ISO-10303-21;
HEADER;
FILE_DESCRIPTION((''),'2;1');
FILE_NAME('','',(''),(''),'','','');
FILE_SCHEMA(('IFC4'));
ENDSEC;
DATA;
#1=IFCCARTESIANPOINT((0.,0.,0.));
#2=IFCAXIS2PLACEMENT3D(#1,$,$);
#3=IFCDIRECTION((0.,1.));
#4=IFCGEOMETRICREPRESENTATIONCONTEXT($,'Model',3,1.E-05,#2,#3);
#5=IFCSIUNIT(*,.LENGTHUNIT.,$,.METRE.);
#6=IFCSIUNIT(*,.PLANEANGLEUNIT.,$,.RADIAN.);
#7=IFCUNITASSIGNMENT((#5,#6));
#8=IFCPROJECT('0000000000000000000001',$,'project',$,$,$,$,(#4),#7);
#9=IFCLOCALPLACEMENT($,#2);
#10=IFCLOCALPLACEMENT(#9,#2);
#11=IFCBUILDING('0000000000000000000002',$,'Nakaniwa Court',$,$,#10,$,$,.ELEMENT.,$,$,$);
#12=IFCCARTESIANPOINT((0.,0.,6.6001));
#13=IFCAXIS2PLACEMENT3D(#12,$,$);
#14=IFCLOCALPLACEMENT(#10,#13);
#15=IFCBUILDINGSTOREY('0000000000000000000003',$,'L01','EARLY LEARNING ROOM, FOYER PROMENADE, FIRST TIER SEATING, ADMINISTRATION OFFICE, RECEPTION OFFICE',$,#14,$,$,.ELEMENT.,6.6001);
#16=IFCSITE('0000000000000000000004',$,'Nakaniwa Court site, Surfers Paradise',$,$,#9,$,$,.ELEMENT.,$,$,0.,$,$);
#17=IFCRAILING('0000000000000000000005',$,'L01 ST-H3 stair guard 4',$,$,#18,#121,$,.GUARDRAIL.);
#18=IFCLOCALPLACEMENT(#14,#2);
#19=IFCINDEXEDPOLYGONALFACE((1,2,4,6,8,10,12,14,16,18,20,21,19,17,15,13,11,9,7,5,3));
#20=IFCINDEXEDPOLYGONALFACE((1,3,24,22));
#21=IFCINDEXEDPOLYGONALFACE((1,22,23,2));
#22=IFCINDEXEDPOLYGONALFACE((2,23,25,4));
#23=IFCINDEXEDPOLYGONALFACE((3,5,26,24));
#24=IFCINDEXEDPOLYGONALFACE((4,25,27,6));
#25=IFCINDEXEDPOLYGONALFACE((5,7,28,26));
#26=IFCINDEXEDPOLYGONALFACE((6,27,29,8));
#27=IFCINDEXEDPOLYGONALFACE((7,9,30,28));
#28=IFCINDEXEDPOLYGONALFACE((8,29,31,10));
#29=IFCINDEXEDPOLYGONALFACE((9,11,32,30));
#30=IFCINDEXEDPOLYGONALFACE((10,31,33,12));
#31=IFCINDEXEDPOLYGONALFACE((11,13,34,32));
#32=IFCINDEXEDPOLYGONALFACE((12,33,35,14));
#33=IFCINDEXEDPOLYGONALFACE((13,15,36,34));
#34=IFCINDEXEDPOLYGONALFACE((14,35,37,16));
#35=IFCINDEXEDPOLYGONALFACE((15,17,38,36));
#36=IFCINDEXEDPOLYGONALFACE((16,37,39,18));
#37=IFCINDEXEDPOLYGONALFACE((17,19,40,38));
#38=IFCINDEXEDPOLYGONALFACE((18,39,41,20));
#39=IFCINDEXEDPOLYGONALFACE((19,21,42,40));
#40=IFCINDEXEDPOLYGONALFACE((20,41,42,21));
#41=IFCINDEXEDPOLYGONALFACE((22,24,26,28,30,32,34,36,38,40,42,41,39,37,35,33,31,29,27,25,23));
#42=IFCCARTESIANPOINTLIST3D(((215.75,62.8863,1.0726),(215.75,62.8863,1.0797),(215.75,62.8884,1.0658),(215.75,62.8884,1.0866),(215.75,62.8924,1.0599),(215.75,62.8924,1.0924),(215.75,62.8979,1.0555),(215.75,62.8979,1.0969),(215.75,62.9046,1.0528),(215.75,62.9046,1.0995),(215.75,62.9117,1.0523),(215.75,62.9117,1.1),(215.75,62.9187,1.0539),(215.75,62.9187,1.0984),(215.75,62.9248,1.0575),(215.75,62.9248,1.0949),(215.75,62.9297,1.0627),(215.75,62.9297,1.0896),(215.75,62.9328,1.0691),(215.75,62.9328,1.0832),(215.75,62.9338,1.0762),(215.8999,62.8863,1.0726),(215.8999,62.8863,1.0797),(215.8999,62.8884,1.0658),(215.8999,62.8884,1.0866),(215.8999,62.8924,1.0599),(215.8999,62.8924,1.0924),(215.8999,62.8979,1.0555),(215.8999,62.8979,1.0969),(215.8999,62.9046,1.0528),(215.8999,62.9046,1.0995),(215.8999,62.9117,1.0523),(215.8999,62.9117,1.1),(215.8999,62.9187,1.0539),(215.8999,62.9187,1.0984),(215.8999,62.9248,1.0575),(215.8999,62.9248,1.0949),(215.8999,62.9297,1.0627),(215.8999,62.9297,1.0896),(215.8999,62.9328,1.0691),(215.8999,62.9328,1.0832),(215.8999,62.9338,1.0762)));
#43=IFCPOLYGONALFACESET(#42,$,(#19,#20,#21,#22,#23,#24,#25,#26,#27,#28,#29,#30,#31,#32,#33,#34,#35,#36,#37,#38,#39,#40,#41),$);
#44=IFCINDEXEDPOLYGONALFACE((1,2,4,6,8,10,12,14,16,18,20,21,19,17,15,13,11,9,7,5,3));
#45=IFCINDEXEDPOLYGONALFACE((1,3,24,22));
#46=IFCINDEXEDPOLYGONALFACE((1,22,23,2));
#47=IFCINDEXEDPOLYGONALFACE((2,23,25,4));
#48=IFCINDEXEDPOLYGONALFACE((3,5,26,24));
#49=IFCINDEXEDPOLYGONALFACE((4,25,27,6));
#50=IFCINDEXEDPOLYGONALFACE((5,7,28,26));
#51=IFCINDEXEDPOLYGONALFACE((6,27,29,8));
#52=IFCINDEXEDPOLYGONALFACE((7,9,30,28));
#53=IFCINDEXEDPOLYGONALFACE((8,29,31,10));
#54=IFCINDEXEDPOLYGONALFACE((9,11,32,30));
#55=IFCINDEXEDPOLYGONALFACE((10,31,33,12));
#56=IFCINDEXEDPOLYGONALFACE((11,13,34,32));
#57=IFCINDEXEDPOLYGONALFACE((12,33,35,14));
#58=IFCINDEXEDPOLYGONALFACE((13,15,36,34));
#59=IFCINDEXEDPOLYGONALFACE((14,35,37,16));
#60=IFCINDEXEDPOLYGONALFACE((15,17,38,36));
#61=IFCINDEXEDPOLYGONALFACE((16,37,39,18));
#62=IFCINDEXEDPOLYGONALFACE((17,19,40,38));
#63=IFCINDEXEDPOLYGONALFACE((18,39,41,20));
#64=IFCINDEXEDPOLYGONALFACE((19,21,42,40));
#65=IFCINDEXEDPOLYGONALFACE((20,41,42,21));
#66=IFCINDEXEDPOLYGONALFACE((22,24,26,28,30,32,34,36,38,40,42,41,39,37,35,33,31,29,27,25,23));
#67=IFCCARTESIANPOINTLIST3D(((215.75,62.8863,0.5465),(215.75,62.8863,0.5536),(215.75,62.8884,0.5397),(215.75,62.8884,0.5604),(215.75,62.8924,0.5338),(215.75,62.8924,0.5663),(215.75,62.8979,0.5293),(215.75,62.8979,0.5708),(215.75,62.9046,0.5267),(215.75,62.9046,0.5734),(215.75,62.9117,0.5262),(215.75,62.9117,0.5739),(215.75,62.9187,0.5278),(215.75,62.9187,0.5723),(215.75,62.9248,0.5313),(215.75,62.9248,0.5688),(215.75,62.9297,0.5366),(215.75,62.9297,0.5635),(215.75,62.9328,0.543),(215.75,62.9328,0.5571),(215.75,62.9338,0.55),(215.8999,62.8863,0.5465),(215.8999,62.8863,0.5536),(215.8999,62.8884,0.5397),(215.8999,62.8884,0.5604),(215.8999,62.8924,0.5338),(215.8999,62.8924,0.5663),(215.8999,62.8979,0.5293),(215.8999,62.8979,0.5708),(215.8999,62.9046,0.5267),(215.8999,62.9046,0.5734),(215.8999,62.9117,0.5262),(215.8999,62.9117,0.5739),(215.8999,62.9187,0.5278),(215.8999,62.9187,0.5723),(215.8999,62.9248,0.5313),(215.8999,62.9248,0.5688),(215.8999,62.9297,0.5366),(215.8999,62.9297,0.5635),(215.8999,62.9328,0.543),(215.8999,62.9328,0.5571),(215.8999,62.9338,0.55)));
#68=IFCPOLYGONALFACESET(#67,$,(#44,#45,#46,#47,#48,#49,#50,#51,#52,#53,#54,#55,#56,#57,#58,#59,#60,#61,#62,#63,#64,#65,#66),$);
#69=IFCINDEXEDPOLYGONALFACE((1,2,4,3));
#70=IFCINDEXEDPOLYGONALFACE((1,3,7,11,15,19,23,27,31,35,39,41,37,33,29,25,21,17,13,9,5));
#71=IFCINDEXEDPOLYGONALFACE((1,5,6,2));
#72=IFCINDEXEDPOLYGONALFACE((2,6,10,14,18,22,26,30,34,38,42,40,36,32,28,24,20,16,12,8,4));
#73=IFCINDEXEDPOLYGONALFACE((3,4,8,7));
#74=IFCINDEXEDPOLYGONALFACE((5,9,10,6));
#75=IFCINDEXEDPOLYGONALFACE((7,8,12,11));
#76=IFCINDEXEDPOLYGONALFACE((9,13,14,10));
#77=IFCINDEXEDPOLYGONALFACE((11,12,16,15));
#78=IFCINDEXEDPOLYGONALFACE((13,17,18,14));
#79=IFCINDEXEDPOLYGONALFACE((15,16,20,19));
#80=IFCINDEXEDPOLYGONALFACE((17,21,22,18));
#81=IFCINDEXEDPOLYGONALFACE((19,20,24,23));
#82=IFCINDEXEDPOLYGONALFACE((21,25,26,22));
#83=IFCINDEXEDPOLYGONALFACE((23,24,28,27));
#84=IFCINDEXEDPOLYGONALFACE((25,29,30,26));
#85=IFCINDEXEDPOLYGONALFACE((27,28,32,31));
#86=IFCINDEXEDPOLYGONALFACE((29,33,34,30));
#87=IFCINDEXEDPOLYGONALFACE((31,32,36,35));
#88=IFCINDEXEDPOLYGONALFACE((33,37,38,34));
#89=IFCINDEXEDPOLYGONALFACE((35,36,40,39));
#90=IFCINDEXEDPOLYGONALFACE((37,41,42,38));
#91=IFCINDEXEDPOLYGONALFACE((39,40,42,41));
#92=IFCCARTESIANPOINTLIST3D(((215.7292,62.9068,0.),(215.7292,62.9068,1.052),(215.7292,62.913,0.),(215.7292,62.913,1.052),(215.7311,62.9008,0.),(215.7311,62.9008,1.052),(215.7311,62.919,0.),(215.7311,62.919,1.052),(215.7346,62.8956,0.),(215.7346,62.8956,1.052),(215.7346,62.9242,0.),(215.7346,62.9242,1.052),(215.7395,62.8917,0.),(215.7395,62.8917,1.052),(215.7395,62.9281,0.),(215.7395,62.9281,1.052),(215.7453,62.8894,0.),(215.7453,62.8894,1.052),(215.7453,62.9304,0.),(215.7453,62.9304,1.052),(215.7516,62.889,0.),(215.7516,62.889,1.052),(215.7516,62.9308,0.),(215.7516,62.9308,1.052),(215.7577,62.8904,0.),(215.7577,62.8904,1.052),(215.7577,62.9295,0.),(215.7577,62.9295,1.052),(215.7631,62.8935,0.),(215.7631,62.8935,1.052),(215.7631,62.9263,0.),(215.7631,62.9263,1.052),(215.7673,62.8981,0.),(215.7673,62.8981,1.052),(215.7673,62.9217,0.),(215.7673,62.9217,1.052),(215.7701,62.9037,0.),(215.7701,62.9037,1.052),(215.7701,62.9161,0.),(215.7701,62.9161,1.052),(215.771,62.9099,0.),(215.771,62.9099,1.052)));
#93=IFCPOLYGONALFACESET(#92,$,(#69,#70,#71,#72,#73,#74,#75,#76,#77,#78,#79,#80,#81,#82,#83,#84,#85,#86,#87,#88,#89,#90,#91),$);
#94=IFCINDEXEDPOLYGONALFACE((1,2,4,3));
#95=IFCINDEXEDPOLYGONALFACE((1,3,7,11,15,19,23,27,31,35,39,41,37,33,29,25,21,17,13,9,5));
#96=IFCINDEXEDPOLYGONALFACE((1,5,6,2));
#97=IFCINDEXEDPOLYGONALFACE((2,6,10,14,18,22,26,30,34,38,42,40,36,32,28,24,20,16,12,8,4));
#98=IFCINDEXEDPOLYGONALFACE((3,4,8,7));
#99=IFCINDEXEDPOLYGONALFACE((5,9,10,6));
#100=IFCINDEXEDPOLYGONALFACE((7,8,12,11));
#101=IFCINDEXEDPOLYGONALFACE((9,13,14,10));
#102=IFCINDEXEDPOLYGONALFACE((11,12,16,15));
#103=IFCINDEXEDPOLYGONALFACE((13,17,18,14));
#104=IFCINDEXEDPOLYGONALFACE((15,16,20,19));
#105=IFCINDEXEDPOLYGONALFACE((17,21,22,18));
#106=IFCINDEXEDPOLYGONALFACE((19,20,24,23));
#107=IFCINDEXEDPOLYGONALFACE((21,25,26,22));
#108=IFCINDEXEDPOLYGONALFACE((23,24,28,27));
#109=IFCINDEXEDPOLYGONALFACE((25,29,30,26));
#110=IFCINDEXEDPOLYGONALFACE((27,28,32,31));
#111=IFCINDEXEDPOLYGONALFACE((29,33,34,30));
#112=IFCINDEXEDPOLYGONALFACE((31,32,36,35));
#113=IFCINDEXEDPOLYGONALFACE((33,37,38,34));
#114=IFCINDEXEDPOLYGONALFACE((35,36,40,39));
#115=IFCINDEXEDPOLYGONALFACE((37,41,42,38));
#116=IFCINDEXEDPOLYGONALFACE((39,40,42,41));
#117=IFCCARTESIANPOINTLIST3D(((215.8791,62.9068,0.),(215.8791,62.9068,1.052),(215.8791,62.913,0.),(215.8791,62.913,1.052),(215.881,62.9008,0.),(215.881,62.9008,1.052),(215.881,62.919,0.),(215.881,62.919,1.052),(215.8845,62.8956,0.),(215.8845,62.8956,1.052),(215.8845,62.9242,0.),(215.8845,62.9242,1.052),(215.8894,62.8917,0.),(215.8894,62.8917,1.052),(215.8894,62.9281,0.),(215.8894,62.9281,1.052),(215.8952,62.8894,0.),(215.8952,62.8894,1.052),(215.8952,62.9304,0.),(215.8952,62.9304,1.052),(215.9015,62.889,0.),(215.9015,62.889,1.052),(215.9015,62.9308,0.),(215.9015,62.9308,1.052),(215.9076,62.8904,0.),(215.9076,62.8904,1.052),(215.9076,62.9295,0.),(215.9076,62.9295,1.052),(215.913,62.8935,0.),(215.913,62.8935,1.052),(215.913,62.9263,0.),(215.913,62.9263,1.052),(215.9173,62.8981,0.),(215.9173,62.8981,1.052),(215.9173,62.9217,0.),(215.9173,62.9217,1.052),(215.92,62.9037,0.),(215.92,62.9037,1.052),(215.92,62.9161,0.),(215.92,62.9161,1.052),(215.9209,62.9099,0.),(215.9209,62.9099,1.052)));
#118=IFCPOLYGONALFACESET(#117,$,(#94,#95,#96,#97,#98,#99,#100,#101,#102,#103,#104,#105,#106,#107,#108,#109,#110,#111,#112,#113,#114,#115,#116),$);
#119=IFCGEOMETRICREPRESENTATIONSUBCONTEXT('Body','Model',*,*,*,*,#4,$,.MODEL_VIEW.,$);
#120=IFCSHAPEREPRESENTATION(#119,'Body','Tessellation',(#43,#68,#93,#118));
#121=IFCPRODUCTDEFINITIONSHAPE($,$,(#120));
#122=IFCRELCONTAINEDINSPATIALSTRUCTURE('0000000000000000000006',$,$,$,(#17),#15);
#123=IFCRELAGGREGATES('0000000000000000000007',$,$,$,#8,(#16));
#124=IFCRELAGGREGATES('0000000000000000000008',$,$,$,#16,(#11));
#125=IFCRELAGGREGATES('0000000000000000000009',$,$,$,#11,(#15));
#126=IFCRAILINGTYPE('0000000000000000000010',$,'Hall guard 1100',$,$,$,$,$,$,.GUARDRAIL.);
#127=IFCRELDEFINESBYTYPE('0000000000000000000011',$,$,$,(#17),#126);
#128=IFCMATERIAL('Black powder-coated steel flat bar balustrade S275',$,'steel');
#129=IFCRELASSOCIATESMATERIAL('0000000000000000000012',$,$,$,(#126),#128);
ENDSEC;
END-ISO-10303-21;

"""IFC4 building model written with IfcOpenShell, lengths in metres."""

from ifc_helpers import new_model, si_unit, direction, frame, origin, origin_2d, place, context, subcontext, project, spatial, circle, extrude, material, type_object, element, save


model = new_model("IFC4")

# Units and contexts
model_context = context("Model", 3, precision=1e-05, world=origin(), true_north=direction((0.0, 1.0)))
body_context = subcontext(model_context, "Body", "Model", "MODEL_VIEW")
ifc_project = project(units=[si_unit("LENGTHUNIT", "METRE"), si_unit("PLANEANGLEUNIT", "RADIAN")], contexts=[model_context])

# Site, building, storey
site_placement = place(None, origin())
site = spatial("IfcSite", under=ifc_project, at=site_placement, Name="Nakaniwa Court site, Surfers Paradise", CompositionType="ELEMENT", RefElevation=0.0)
building_placement = place(site_placement, origin())
building = spatial("IfcBuilding", under=site, at=building_placement, Name="Nakaniwa Court", CompositionType="ELEMENT")
storey_placement = place(building_placement, frame((0.0, 0.0, 6.6001)))
storey = spatial("IfcBuildingStorey", under=building, at=storey_placement, Name="L01", Description="EARLY LEARNING ROOM, FOYER PROMENADE, FIRST TIER SEATING, ADMINISTRATION OFFICE, RECEPTION OFFICE", CompositionType="ELEMENT", Elevation=6.6001)

# Railing
ifc_material_1 = material(Name="Black powder-coated steel flat bar balustrade S275", Category="steel")
railing_type_1 = type_object("IfcRailingType", Name="Hall guard 1100", PredefinedType="GUARDRAIL", material=ifc_material_1)
railing_1_placement = place(storey_placement, frame((215.75, 62.9099, 0.0)))
element("IfcRailing", 1, at=railing_1_placement, inside=storey, type_object=railing_type_1, Name="L01 ST-H3 stair guard 4", PredefinedType="GUARDRAIL", context=body_context, shape_type="SweptSolid", body=[
    extrude(circle(Radius=0.0239, at=origin_2d()), frame((0.0, 0.0, 1.0762), z_axis=(1.0, 0.0, 0.0), x_axis=(0.0, 1.0, 0.0)), (0.0, 0.0, 1.0), 0.1499),
    extrude(circle(Radius=0.0239, at=origin_2d()), frame((0.0, 0.0, 0.55), z_axis=(1.0, 0.0, 0.0), x_axis=(0.0, 1.0, 0.0)), (0.0, 0.0, 1.0), 0.1499),
    extrude(circle(Radius=0.021, at=origin_2d()), origin(), (0.0, 0.0, 1.0), 1.052),
    extrude(circle(Radius=0.021, at=origin_2d()), frame((0.1499, 0.0, 0.0)), (0.0, 0.0, 1.0), 1.052),
])

save(model, "model.ifc")
